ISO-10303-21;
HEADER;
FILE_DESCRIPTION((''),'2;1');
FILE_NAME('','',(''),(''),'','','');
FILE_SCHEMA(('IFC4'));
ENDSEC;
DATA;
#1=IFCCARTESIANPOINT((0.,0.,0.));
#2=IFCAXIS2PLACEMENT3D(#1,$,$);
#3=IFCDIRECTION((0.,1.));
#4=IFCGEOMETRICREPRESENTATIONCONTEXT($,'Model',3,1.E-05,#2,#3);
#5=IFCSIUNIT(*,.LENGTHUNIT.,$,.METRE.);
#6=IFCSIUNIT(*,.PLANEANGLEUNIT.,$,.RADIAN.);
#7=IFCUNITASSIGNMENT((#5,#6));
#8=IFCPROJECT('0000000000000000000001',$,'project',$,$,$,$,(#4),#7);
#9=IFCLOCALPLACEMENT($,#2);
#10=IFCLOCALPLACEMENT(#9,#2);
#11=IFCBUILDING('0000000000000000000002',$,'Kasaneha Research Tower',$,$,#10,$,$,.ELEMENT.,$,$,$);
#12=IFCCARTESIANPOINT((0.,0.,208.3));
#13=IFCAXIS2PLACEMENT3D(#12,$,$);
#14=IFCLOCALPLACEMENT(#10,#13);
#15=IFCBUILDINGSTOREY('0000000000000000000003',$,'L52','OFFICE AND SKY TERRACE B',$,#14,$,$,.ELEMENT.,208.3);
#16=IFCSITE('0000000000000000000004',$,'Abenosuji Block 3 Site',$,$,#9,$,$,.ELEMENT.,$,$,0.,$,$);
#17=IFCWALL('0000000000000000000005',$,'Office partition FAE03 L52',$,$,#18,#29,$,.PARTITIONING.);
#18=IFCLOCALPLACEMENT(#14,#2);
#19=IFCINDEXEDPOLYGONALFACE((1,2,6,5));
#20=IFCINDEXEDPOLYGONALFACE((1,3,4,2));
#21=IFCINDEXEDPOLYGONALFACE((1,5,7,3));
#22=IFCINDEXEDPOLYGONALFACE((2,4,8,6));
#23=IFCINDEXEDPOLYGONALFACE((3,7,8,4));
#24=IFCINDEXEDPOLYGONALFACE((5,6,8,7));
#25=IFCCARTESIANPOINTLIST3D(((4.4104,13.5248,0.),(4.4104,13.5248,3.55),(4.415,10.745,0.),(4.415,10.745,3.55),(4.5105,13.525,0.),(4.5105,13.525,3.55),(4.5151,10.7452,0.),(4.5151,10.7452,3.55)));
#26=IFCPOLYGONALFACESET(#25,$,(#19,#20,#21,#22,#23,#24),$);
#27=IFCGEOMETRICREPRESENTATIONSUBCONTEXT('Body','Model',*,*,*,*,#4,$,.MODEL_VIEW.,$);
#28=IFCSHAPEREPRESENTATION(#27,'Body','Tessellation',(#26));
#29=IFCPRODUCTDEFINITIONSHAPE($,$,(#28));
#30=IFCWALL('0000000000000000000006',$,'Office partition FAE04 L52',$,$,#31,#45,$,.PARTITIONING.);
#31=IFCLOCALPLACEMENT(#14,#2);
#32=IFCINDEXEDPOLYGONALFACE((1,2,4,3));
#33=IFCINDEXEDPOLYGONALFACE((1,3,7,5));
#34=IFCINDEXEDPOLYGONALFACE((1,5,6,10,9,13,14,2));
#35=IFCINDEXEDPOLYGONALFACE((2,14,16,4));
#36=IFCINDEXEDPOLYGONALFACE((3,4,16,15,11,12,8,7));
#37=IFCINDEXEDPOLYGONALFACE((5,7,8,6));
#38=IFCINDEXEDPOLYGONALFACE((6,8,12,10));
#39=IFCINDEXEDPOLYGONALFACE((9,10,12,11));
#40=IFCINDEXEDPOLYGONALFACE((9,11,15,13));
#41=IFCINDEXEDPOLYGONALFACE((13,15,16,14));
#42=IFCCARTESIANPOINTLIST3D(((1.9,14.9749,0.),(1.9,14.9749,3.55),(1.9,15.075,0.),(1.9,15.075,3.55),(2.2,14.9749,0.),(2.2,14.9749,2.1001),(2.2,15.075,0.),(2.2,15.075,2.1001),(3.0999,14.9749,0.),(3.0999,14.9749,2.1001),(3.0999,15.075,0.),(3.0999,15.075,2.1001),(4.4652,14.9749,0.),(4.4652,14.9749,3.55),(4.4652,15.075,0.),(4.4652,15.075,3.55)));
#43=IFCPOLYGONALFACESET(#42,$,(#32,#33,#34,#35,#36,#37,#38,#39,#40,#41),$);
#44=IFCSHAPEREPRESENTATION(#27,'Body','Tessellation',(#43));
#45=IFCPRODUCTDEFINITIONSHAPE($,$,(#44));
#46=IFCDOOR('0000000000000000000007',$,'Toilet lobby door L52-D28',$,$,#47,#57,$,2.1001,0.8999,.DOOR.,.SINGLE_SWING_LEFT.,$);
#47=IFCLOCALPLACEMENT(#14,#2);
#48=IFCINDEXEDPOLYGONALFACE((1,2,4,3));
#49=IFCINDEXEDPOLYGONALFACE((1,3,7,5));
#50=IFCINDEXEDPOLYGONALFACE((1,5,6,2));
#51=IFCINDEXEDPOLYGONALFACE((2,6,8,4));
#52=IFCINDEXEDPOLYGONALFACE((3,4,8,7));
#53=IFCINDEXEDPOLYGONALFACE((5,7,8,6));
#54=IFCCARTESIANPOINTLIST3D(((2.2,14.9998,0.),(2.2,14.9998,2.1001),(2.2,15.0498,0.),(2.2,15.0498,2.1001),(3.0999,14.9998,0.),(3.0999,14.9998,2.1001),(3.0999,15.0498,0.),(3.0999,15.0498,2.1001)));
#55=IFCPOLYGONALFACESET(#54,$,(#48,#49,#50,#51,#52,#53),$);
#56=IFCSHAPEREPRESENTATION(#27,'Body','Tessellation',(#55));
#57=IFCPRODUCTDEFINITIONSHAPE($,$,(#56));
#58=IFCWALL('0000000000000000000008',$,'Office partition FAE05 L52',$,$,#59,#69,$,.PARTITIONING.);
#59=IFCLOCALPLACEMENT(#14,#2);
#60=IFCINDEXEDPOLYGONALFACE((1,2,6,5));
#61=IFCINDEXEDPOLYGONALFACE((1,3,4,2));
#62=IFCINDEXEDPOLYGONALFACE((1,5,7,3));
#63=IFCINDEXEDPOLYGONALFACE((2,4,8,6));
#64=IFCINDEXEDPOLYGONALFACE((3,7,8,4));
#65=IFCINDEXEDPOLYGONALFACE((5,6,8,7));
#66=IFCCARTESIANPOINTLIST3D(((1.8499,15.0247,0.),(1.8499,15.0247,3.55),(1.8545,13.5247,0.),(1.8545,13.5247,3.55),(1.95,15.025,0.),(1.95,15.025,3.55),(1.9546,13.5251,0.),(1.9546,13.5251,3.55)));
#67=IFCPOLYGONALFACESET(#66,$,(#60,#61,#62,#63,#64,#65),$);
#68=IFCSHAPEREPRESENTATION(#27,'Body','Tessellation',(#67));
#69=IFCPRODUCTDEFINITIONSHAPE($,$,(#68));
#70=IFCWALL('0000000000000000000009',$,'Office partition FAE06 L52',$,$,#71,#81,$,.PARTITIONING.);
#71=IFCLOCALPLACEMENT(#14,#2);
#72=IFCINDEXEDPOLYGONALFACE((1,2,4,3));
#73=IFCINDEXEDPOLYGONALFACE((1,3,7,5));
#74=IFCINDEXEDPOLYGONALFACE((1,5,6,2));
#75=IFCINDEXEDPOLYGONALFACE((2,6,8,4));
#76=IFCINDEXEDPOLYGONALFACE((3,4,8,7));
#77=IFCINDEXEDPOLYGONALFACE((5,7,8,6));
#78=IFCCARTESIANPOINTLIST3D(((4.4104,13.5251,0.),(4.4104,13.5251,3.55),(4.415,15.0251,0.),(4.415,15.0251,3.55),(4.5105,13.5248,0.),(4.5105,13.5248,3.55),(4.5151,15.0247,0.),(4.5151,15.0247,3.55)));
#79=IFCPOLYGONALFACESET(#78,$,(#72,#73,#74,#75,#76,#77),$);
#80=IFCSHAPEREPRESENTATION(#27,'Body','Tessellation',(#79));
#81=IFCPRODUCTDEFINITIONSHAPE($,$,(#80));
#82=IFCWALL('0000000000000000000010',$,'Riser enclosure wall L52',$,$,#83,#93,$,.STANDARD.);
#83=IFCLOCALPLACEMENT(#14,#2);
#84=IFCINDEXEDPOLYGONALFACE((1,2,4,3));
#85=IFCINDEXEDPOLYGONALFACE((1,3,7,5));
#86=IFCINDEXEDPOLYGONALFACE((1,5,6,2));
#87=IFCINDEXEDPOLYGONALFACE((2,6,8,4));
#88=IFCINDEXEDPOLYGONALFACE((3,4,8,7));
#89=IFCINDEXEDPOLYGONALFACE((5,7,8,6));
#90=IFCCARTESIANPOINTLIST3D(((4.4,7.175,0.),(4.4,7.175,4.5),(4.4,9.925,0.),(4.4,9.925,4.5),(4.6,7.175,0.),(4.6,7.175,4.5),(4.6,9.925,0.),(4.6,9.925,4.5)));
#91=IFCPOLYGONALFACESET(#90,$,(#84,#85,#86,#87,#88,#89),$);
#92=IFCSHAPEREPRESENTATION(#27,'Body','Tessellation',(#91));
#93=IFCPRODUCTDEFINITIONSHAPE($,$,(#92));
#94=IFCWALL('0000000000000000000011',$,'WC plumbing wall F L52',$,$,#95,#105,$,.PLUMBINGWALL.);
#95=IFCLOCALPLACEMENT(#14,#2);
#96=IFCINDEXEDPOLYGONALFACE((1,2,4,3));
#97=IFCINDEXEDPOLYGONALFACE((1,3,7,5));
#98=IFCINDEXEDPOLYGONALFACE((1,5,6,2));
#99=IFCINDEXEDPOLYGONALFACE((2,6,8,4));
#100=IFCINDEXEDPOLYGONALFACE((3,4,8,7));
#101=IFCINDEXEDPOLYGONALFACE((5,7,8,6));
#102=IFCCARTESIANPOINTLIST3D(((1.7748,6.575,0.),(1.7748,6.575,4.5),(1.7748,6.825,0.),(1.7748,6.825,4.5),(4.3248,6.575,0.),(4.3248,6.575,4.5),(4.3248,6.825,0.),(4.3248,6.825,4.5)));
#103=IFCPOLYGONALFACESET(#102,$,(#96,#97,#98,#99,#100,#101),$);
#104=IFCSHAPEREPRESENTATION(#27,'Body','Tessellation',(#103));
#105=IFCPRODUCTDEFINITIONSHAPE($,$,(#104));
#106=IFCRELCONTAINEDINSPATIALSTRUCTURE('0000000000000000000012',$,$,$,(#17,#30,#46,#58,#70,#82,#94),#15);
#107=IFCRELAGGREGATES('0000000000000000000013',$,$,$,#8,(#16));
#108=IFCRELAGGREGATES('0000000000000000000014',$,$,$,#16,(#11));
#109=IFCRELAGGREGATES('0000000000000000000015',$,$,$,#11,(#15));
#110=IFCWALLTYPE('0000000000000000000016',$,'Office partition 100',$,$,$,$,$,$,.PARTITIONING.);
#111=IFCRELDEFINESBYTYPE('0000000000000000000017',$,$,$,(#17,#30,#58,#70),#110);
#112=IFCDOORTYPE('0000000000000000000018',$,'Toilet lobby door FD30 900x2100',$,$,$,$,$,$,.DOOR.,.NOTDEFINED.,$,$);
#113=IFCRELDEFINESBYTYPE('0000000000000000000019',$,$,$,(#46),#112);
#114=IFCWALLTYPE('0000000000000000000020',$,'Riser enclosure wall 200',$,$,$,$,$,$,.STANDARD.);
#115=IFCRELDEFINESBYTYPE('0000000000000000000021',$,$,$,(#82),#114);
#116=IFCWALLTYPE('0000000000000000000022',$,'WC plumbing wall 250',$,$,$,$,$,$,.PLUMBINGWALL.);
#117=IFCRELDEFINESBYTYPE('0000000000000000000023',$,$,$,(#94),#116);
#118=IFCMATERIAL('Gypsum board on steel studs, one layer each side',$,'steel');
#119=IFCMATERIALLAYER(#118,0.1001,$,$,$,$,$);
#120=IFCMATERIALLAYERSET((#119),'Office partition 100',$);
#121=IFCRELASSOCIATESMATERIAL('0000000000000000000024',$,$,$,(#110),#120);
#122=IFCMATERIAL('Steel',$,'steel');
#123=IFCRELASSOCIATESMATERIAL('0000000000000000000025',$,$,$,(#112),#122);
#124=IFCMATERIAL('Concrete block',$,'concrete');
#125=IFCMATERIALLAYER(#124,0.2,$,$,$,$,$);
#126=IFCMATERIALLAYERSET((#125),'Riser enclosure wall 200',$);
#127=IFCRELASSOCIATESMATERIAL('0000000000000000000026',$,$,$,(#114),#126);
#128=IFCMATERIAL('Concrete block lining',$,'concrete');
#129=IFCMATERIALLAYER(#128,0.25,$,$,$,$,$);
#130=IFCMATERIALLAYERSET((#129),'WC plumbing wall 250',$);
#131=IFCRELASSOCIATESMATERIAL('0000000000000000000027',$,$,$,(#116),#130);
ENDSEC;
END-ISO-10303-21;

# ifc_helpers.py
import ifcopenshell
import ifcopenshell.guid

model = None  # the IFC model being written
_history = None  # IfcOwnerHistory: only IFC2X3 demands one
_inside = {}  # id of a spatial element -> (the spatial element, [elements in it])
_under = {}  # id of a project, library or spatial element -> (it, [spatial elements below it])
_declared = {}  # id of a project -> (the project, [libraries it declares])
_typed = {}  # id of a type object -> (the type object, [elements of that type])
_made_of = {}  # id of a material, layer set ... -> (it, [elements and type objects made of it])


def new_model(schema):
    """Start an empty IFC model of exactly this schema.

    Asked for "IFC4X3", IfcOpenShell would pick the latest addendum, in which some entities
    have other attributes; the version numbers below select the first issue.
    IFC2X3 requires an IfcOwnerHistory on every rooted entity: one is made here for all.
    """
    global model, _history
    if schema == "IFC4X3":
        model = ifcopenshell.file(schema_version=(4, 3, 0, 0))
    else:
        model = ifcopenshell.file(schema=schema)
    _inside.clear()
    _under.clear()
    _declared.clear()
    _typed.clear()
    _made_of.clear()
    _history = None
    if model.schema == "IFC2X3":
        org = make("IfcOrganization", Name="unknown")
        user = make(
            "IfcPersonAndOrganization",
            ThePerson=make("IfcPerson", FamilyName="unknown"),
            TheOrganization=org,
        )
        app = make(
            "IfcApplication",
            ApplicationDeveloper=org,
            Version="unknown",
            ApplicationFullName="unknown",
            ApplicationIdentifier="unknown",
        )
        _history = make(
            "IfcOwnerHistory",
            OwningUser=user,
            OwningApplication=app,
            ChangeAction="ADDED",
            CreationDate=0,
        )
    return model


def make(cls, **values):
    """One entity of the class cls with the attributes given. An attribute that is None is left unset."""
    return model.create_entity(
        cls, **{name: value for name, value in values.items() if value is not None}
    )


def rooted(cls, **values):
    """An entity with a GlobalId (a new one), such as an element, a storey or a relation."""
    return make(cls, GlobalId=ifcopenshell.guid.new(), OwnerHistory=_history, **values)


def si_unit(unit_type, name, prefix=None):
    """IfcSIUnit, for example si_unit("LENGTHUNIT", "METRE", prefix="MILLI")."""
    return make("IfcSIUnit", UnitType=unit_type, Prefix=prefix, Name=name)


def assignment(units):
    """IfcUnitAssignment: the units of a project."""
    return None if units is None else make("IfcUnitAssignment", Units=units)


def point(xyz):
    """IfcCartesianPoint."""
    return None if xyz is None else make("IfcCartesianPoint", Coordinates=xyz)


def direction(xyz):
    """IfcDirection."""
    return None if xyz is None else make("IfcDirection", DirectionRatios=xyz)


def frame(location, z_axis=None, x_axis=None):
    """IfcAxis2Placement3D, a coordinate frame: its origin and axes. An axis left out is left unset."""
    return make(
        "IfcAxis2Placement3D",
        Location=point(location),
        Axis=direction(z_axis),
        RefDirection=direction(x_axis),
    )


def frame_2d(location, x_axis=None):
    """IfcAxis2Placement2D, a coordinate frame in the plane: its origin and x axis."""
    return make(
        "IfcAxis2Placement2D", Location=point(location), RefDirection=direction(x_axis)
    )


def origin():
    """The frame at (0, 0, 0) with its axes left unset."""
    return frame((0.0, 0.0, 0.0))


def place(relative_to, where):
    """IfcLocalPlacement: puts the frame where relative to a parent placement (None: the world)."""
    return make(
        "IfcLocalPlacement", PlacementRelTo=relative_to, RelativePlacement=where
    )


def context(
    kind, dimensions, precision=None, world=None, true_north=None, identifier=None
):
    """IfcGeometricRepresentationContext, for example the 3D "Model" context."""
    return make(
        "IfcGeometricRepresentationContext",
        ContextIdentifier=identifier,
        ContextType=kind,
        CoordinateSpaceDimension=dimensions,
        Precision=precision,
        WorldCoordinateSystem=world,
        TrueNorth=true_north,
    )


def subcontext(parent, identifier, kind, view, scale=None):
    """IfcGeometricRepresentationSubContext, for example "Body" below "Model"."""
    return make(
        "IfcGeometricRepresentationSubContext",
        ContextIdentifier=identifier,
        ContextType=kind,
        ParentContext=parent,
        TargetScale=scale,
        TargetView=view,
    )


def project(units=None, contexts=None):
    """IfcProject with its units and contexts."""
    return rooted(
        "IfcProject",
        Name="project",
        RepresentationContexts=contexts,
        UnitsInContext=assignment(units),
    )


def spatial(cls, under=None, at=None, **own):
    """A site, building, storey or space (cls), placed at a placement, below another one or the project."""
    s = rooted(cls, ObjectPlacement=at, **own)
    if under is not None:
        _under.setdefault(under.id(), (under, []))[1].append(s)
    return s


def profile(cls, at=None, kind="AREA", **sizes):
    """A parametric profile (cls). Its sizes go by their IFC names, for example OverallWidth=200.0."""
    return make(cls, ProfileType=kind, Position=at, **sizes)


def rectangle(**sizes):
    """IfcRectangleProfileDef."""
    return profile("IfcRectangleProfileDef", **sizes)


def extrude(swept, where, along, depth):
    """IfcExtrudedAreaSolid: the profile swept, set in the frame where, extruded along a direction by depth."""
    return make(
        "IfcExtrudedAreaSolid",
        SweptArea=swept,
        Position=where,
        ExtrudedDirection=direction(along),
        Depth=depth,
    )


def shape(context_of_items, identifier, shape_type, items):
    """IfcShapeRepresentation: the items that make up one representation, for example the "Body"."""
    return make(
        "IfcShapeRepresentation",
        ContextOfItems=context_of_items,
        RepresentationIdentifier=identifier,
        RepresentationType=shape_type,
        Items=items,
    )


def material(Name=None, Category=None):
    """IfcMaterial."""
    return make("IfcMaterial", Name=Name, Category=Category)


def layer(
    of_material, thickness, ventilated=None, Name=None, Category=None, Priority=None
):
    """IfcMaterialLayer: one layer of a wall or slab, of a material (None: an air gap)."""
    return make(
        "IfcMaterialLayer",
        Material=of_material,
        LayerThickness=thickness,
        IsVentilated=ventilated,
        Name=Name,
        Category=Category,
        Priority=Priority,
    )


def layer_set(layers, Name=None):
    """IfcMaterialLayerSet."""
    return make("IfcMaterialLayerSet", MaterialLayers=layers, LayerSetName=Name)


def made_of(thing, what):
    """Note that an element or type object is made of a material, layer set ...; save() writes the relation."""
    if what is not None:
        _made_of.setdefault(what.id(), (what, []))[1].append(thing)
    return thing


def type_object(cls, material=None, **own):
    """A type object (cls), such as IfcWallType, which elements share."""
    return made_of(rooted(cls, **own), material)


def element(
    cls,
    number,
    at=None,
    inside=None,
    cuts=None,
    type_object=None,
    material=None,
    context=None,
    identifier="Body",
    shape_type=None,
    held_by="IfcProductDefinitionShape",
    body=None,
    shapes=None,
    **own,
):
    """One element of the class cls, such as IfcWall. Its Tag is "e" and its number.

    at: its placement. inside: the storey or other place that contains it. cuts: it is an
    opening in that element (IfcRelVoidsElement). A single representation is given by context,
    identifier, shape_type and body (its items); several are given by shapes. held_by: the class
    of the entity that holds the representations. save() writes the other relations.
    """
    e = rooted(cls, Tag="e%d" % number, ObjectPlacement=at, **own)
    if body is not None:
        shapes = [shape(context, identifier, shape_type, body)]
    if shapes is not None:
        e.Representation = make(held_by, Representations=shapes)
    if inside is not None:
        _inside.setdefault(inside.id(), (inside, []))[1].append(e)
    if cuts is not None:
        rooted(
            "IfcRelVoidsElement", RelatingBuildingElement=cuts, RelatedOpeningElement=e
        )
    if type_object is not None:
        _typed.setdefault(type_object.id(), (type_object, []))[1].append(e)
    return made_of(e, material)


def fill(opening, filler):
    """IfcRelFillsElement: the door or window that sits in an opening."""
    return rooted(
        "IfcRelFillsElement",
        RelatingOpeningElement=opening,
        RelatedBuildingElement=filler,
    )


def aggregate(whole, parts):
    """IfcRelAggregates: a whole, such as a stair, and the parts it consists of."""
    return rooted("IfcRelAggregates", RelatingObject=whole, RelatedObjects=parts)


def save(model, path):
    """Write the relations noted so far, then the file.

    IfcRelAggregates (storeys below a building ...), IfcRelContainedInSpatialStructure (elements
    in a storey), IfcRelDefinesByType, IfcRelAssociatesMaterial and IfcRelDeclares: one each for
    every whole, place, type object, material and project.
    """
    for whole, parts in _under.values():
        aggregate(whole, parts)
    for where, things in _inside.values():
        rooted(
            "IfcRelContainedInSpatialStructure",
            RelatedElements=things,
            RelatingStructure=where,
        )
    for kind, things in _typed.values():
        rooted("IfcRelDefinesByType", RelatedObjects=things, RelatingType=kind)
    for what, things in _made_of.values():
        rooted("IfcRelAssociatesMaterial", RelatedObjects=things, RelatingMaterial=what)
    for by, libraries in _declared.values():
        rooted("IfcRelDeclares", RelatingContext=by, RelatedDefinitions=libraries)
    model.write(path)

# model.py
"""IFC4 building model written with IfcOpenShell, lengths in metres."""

from ifc_helpers import new_model, si_unit, direction, frame, frame_2d, origin, place, context, subcontext, project, spatial, rectangle, extrude, material, layer, layer_set, type_object, element, fill, save


model = new_model("IFC4")

# Units and contexts
model_context = context("Model", 3, precision=1e-05, world=origin(), true_north=direction((0.0, 1.0)))
body_context = subcontext(model_context, "Body", "Model", "MODEL_VIEW")
ifc_project = project(units=[si_unit("LENGTHUNIT", "METRE"), si_unit("PLANEANGLEUNIT", "RADIAN")], contexts=[model_context])

# Site, building, storey
site_placement = place(None, origin())
site = spatial("IfcSite", under=ifc_project, at=site_placement, Name="Abenosuji Block 3 Site", CompositionType="ELEMENT", RefElevation=0.0)
building_placement = place(site_placement, origin())
building = spatial("IfcBuilding", under=site, at=building_placement, Name="Kasaneha Research Tower", CompositionType="ELEMENT")
storey_placement = place(building_placement, frame((0.0, 0.0, 208.3)))
storey = spatial("IfcBuildingStorey", under=building, at=storey_placement, Name="L52", Description="OFFICE AND SKY TERRACE B", CompositionType="ELEMENT", Elevation=208.3)

# Shared definitions
ifc_material_1 = material(Name="Gypsum board on steel studs, one layer each side", Category="steel")
ifc_layer_1 = layer(ifc_material_1, 0.1001)
ifc_layer_set_1 = layer_set([ifc_layer_1], Name="Office partition 100")
wall_type_1 = type_object("IfcWallType", Name="Office partition 100", PredefinedType="PARTITIONING", material=ifc_layer_set_1)
ifc_material_2 = material(Name="Steel", Category="steel")
door_type = type_object("IfcDoorType", Name="Toilet lobby door FD30 900x2100", OperationType="NOTDEFINED", PredefinedType="DOOR", material=ifc_material_2)

# Wall
for number, where, z_axis, x_axis, name in (
    (1, (4.4604, 13.5249, 0.0), (0.0, 0.0, 1.0), (0.001669, -0.999999, 0.0), "Office partition FAE03 L52"),
):
    element("IfcWall", number, at=place(storey_placement, frame(where, z_axis=z_axis, x_axis=x_axis)), inside=storey, type_object=wall_type_1, Name=name, PredefinedType="PARTITIONING", context=body_context, shape_type="SweptSolid", body=[
        extrude(rectangle(XDim=2.7798, YDim=0.1001, at=frame_2d((1.3899, 0.0))), origin(), (0.0, 0.0, 1.0), 3.55),
    ])

# Wall, opening, door
wall_1_placement = place(storey_placement, frame((1.8999, 15.0249, 0.0), z_axis=(0.0, 0.0, 1.0), x_axis=(1.0, 0.0, 0.0)))
wall_1 = element("IfcWall", 2, at=wall_1_placement, inside=storey, type_object=wall_type_1, Name="Office partition FAE04 L52", PredefinedType="PARTITIONING", context=body_context, shape_type="SweptSolid", body=[
    extrude(rectangle(XDim=2.5652, YDim=0.1001, at=frame_2d((1.2827, 0.0))), origin(), (0.0, 0.0, 1.0), 3.55),
])
opening_1_placement = place(wall_1_placement, frame((0.3, 0.0, 0.0)))
opening_1 = element("IfcOpeningElement", 3, at=opening_1_placement, cuts=wall_1, PredefinedType="OPENING", context=body_context, shape_type="SweptSolid", body=[
    extrude(rectangle(XDim=0.8999, YDim=2.1001, at=frame_2d((0.45, 1.05))), frame((0.0, 0.0601, 0.0), z_axis=(0.0, -1.0, 0.0), x_axis=(1.0, 0.0, 0.0)), (0.0, 0.0, 1.0), 0.1201),
])
door_1_placement = place(opening_1_placement, origin())
door_1 = element("IfcDoor", 4, at=door_1_placement, inside=storey, type_object=door_type, Name="Toilet lobby door L52-D28", OperationType="SINGLE_SWING_LEFT", OverallHeight=2.1001, OverallWidth=0.8999, PredefinedType="DOOR", context=body_context, shape_type="SweptSolid", body=[
    extrude(rectangle(XDim=0.8999, YDim=2.1001, at=frame_2d((0.45, 1.05))), frame((0.0, 0.0249, 0.0), z_axis=(0.0, -1.0, 0.0), x_axis=(1.0, 0.0, 0.0)), (0.0, 0.0, 1.0), 0.05),
])
fill(opening_1, door_1)

# Walls
for number, where, z_axis, x_axis, name in (
    (5, (1.9045, 13.5249, 0.0), (0.0, 0.0, 1.0), (-0.003092, 0.999995, 0.0), "Office partition FAE05 L52"),
    (6, (4.4651, 15.0249, 0.0), (0.0, 0.0, 1.0), (-0.003092, -0.999995, 0.0), "Office partition FAE06 L52"),
):
    element("IfcWall", number, at=place(storey_placement, frame(where, z_axis=z_axis, x_axis=x_axis)), inside=storey, type_object=wall_type_1, Name=name, PredefinedType="PARTITIONING", context=body_context, shape_type="SweptSolid", body=[
        extrude(rectangle(XDim=1.5, YDim=0.1001, at=frame_2d((0.75, 0.0))), origin(), (0.0, 0.0, 1.0), 3.55),
    ])
ifc_material_3 = material(Name="Concrete block", Category="concrete")
ifc_layer_2 = layer(ifc_material_3, 0.2)
ifc_layer_set_2 = layer_set([ifc_layer_2], Name="Riser enclosure wall 200")
wall_type_2 = type_object("IfcWallType", Name="Riser enclosure wall 200", PredefinedType="STANDARD", material=ifc_layer_set_2)
wall_2_placement = place(storey_placement, frame((4.5, 7.175, 0.0), z_axis=(0.0, 0.0, 1.0), x_axis=(0.0, 1.0, 0.0)))
element("IfcWall", 7, at=wall_2_placement, inside=storey, type_object=wall_type_2, Name="Riser enclosure wall L52", PredefinedType="STANDARD", context=body_context, shape_type="SweptSolid", body=[
    extrude(rectangle(XDim=2.75, YDim=0.2, at=frame_2d((1.375, 0.0))), origin(), (0.0, 0.0, 1.0), 4.5),
])
ifc_material_4 = material(Name="Concrete block lining", Category="concrete")
ifc_layer_3 = layer(ifc_material_4, 0.25)
ifc_layer_set_3 = layer_set([ifc_layer_3], Name="WC plumbing wall 250")
wall_type_3 = type_object("IfcWallType", Name="WC plumbing wall 250", PredefinedType="PLUMBINGWALL", material=ifc_layer_set_3)
wall_3_placement = place(storey_placement, frame((1.7749, 6.7, 0.0), z_axis=(0.0, 0.0, 1.0), x_axis=(1.0, 0.0, 0.0)))
element("IfcWall", 8, at=wall_3_placement, inside=storey, type_object=wall_type_3, Name="WC plumbing wall F L52", PredefinedType="PLUMBINGWALL", context=body_context, shape_type="SweptSolid", body=[
    extrude(rectangle(XDim=2.55, YDim=0.25, at=frame_2d((1.2749, 0.0))), origin(), (0.0, 0.0, 1.0), 4.5),
])

save(model, "model.ifc")
